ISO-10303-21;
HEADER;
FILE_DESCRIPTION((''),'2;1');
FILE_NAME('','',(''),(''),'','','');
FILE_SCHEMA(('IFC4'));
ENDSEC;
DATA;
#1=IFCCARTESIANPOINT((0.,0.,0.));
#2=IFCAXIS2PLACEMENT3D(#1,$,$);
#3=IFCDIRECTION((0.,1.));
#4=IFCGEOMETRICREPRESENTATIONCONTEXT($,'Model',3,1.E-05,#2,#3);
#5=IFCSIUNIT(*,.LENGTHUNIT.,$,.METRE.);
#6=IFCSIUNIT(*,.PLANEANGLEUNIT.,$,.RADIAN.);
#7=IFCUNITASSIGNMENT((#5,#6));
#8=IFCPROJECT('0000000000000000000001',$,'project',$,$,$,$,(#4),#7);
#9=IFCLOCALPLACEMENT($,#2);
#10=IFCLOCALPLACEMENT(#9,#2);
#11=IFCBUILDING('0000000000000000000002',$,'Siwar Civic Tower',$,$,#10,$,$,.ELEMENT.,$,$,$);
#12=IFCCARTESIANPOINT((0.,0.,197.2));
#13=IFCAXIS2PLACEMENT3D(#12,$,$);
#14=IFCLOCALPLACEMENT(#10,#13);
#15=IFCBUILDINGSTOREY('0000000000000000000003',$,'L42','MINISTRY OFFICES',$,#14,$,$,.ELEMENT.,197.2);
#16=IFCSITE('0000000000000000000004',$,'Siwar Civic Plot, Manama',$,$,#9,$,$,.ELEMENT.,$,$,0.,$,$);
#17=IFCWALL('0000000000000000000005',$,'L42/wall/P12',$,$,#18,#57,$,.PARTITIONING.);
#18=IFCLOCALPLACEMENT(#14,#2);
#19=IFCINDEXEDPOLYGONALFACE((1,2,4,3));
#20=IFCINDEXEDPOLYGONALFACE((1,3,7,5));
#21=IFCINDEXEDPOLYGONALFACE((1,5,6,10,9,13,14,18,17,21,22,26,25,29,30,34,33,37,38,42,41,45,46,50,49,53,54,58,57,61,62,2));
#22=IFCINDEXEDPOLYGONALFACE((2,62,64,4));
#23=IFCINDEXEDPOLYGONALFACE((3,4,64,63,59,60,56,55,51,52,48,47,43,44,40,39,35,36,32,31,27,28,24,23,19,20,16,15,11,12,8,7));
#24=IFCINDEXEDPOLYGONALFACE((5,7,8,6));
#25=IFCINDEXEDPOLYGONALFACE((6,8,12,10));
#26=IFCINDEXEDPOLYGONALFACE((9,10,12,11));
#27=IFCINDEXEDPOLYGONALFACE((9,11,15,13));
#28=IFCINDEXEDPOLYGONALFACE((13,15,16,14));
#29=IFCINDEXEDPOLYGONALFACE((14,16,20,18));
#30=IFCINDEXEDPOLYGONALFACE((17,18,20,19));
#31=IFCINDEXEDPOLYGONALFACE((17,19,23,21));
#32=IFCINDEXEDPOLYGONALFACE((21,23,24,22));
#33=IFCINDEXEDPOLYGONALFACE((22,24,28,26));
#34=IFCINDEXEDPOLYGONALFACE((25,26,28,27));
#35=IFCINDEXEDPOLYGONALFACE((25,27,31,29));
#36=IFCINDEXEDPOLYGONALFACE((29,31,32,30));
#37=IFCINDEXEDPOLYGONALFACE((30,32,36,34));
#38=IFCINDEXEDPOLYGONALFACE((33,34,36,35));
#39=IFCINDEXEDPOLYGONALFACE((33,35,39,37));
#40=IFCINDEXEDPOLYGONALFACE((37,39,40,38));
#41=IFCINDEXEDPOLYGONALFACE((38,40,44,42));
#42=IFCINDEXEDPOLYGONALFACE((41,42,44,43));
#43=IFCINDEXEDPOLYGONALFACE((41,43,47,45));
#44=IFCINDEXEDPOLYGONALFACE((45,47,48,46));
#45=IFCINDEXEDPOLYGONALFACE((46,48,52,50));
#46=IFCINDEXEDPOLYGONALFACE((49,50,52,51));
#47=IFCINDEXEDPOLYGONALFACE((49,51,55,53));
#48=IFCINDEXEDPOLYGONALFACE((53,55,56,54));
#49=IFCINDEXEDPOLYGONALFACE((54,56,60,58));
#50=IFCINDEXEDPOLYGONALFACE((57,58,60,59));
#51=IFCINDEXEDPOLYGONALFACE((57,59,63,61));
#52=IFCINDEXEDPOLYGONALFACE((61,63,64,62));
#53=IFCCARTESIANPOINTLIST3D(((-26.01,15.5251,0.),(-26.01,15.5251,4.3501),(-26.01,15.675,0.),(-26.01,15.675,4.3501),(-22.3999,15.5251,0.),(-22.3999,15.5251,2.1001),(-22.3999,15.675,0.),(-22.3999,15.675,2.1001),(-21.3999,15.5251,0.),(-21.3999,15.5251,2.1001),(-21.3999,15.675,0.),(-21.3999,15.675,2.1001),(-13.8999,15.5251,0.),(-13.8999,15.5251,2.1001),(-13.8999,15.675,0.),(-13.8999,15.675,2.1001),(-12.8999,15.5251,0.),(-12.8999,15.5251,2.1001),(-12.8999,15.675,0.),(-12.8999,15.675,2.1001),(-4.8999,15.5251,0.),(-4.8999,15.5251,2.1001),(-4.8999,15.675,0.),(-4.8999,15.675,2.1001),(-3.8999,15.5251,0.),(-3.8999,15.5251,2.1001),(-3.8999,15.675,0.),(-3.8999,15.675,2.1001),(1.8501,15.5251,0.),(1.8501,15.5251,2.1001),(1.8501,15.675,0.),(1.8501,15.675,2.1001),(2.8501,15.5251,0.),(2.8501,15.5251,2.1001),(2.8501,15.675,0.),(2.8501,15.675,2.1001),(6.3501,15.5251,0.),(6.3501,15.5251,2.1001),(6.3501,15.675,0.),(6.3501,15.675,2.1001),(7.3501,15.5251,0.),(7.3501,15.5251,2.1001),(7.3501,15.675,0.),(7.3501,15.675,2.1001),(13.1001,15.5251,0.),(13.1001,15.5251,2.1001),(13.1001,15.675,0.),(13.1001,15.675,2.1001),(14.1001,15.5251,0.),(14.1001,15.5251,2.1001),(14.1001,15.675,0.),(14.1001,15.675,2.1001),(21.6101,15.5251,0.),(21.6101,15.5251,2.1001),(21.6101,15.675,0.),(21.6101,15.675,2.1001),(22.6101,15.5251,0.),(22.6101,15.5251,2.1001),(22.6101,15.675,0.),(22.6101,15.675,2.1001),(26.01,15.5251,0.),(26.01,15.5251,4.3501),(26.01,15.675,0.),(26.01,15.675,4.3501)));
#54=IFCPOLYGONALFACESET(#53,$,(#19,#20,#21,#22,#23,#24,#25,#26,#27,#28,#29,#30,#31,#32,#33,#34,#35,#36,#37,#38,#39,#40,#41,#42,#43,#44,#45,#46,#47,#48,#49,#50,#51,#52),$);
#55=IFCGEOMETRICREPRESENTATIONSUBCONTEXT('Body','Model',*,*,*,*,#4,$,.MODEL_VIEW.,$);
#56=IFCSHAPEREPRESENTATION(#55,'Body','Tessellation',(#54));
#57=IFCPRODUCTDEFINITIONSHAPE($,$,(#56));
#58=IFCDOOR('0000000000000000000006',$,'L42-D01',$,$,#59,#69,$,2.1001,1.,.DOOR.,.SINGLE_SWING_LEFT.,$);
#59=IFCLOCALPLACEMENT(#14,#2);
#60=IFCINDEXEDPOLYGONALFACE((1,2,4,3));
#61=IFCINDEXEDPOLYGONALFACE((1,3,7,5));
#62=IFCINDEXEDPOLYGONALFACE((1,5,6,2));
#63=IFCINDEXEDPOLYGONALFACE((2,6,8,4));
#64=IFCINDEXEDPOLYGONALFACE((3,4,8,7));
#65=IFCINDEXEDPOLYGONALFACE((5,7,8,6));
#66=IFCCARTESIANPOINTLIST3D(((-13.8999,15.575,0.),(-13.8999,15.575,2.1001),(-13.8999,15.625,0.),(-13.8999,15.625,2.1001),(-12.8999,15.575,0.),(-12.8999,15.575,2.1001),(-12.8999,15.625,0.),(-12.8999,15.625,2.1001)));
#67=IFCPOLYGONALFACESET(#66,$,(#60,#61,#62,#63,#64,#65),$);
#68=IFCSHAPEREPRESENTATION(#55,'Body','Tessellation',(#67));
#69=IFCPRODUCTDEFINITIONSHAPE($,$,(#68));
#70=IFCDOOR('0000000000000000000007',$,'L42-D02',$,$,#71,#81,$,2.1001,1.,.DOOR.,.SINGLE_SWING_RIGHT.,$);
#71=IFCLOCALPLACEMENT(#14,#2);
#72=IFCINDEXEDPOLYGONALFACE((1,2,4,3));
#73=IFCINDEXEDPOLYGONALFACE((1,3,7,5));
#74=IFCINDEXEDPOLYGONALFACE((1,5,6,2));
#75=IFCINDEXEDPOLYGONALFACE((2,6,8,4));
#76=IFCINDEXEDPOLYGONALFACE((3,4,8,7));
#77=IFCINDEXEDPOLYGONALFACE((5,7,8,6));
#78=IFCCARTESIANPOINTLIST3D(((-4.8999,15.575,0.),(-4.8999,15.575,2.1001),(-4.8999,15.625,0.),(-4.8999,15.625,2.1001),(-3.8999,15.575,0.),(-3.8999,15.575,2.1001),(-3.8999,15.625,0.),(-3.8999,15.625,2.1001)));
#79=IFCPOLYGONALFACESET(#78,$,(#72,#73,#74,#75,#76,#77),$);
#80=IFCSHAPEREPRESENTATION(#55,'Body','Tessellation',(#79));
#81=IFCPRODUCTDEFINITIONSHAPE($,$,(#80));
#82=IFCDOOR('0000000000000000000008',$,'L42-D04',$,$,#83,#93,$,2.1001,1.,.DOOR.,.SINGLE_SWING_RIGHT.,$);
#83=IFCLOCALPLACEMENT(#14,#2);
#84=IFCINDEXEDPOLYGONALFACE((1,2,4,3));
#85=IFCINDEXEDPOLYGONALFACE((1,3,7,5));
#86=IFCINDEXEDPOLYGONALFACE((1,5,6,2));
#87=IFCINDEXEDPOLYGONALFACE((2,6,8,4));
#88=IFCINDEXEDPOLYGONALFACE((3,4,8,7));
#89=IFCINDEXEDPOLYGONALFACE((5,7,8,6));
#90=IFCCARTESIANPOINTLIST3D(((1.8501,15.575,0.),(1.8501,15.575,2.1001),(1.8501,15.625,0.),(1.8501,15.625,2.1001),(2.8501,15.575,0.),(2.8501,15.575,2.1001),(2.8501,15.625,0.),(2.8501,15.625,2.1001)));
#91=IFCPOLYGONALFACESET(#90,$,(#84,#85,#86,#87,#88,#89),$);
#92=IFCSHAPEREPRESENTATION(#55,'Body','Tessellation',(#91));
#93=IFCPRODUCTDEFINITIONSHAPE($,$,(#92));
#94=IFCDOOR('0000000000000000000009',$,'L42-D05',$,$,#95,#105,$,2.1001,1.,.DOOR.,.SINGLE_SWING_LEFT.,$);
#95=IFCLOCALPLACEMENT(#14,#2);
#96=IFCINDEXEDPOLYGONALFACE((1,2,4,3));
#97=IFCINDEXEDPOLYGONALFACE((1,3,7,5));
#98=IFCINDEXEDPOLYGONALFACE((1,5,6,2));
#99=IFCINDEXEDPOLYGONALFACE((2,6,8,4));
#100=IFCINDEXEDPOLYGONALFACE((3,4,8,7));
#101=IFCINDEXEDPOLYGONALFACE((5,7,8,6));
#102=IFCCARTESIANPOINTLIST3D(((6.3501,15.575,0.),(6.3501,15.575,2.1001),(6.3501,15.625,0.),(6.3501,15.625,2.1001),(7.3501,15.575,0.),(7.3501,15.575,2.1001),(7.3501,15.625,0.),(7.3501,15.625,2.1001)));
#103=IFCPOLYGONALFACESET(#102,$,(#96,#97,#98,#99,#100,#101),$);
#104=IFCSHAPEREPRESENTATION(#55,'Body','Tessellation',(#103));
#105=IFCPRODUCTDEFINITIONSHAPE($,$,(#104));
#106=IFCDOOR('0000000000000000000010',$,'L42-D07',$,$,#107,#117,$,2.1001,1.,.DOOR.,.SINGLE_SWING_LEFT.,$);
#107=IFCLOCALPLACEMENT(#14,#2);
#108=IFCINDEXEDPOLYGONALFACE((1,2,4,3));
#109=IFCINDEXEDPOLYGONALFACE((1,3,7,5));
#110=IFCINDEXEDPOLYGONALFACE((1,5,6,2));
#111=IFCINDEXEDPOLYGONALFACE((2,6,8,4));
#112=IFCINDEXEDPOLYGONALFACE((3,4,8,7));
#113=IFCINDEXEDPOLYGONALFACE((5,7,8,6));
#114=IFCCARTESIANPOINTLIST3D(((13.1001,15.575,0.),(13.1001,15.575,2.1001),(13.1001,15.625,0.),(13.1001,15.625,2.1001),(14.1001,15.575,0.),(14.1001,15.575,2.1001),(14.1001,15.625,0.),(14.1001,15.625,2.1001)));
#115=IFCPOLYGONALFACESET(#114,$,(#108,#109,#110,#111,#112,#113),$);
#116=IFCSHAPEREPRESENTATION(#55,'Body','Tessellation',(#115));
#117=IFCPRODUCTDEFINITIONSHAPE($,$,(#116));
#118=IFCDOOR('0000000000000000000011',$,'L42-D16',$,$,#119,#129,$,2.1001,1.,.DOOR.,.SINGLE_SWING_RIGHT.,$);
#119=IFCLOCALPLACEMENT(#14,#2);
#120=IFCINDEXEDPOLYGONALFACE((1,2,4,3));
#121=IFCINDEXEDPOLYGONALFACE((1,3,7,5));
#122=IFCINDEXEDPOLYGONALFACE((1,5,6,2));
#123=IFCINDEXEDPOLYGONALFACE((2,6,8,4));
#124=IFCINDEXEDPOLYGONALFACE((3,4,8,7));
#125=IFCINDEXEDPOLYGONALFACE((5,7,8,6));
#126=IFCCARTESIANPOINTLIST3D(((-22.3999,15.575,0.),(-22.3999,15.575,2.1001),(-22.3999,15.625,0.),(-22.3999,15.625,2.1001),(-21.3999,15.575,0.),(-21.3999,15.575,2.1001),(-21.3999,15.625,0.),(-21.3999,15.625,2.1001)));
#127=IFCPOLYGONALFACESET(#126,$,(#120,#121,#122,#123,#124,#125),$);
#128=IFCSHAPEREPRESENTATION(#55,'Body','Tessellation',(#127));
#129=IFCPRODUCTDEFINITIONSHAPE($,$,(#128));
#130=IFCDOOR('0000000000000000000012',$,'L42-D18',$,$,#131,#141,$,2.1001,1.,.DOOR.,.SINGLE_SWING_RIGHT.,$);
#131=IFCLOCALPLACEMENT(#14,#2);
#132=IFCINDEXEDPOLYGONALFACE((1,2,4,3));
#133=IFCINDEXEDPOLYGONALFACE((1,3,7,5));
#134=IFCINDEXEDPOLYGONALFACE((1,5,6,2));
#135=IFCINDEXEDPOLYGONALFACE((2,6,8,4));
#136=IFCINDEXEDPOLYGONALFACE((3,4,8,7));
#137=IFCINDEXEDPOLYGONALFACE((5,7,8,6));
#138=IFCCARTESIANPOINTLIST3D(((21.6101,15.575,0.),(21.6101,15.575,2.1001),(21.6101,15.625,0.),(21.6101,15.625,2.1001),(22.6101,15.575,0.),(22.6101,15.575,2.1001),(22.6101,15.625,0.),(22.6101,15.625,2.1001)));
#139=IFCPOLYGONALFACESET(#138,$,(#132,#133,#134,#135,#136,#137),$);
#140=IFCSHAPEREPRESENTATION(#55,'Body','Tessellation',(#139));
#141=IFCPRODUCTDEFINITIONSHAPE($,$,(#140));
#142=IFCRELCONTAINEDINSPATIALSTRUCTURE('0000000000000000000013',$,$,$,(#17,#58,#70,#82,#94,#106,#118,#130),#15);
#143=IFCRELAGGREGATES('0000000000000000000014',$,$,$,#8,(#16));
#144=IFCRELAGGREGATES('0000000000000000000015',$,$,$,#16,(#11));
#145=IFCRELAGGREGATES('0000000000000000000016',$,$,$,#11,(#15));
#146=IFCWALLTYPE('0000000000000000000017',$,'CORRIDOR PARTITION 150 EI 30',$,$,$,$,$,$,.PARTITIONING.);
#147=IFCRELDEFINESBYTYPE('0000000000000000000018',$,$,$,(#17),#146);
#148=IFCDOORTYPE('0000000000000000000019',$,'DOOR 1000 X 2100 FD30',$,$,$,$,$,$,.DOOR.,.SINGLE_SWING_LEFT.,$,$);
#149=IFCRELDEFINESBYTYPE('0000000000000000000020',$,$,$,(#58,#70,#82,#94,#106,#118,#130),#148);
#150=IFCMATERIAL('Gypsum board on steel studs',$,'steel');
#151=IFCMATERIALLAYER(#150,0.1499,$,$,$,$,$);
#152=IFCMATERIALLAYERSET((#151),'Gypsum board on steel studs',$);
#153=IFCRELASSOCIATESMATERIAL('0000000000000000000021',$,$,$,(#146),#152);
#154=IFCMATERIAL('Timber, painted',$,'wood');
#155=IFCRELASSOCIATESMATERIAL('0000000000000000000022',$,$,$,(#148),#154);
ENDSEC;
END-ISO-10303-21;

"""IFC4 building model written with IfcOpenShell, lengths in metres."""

from ifc_helpers import new_model, si_unit, direction, frame, frame_2d, origin, place, context, subcontext, project, spatial, rectangle, extrude, material, layer, layer_set, type_object, element, fill, save


model = new_model("IFC4")

# Units and contexts
model_context = context("Model", 3, precision=1e-05, world=origin(), true_north=direction((0.0, 1.0)))
body_context = subcontext(model_context, "Body", "Model", "MODEL_VIEW")
ifc_project = project(units=[si_unit("LENGTHUNIT", "METRE"), si_unit("PLANEANGLEUNIT", "RADIAN")], contexts=[model_context])

# Site, building, storey
site_placement = place(None, origin())
site = spatial("IfcSite", under=ifc_project, at=site_placement, Name="Siwar Civic Plot, Manama", CompositionType="ELEMENT", RefElevation=0.0)
building_placement = place(site_placement, origin())
building = spatial("IfcBuilding", under=site, at=building_placement, Name="Siwar Civic Tower", CompositionType="ELEMENT")
storey_placement = place(building_placement, frame((0.0, 0.0, 197.2)))
storey = spatial("IfcBuildingStorey", under=building, at=storey_placement, Name="L42", Description="MINISTRY OFFICES", CompositionType="ELEMENT", Elevation=197.2)

# Wall, openings, doors
ifc_material_1 = material(Name="Gypsum board on steel studs", Category="steel")
ifc_layer_1 = layer(ifc_material_1, 0.1499)
ifc_layer_set_1 = layer_set([ifc_layer_1], Name="Gypsum board on steel studs")
wall_type_1 = type_object("IfcWallType", Name="CORRIDOR PARTITION 150 EI 30", PredefinedType="PARTITIONING", material=ifc_layer_set_1)
wall_1_placement = place(storey_placement, frame((-26.01, 15.6001, 0.0), z_axis=(0.0, 0.0, 1.0), x_axis=(1.0, 0.0, 0.0)))
wall_1 = element("IfcWall", 1, at=wall_1_placement, inside=storey, type_object=wall_type_1, Name="L42/wall/P12", PredefinedType="PARTITIONING", context=body_context, shape_type="SweptSolid", body=[
    extrude(rectangle(XDim=52.02, YDim=0.1499, at=frame_2d((26.01, 0.0))), origin(), (0.0, 0.0, 1.0), 4.3501),
])
opening_1_placement = place(wall_1_placement, frame((12.1101, 0.0, 0.0)))
opening_1 = element("IfcOpeningElement", 2, at=opening_1_placement, cuts=wall_1, PredefinedType="OPENING", context=body_context, shape_type="SweptSolid", body=[
    extrude(rectangle(XDim=1.0, YDim=2.1001, at=frame_2d((0.5, 1.05))), frame((0.0, 0.085, 0.0), z_axis=(0.0, -1.0, 0.0), x_axis=(1.0, 0.0, 0.0)), (0.0, 0.0, 1.0), 0.1699),
])
opening_2_placement = place(wall_1_placement, frame((21.1101, 0.0, 0.0)))
opening_2 = element("IfcOpeningElement", 3, at=opening_2_placement, cuts=wall_1, PredefinedType="OPENING", context=body_context, shape_type="SweptSolid", body=[
    extrude(rectangle(XDim=1.0, YDim=2.1001, at=frame_2d((0.5, 1.05))), frame((0.0, 0.085, 0.0), z_axis=(0.0, -1.0, 0.0), x_axis=(1.0, 0.0, 0.0)), (0.0, 0.0, 1.0), 0.1699),
])
opening_3_placement = place(wall_1_placement, frame((27.8601, 0.0, 0.0)))
opening_3 = element("IfcOpeningElement", 4, at=opening_3_placement, cuts=wall_1, PredefinedType="OPENING", context=body_context, shape_type="SweptSolid", body=[
    extrude(rectangle(XDim=1.0, YDim=2.1001, at=frame_2d((0.5, 1.05))), frame((0.0, 0.085, 0.0), z_axis=(0.0, -1.0, 0.0), x_axis=(1.0, 0.0, 0.0)), (0.0, 0.0, 1.0), 0.1699),
])
opening_4_placement = place(wall_1_placement, frame((32.3601, 0.0, 0.0)))
opening_4 = element("IfcOpeningElement", 5, at=opening_4_placement, cuts=wall_1, PredefinedType="OPENING", context=body_context, shape_type="SweptSolid", body=[
    extrude(rectangle(XDim=1.0, YDim=2.1001, at=frame_2d((0.5, 1.05))), frame((0.0, 0.085, 0.0), z_axis=(0.0, -1.0, 0.0), x_axis=(1.0, 0.0, 0.0)), (0.0, 0.0, 1.0), 0.1699),
])
opening_5_placement = place(wall_1_placement, frame((39.1101, 0.0, 0.0)))
opening_5 = element("IfcOpeningElement", 6, at=opening_5_placement, cuts=wall_1, PredefinedType="OPENING", context=body_context, shape_type="SweptSolid", body=[
    extrude(rectangle(XDim=1.0, YDim=2.1001, at=frame_2d((0.5, 1.05))), frame((0.0, 0.085, 0.0), z_axis=(0.0, -1.0, 0.0), x_axis=(1.0, 0.0, 0.0)), (0.0, 0.0, 1.0), 0.1699),
])
opening_6_placement = place(wall_1_placement, frame((3.6101, 0.0, 0.0)))
opening_6 = element("IfcOpeningElement", 7, at=opening_6_placement, cuts=wall_1, PredefinedType="OPENING", context=body_context, shape_type="SweptSolid", body=[
    extrude(rectangle(XDim=1.0, YDim=2.1001, at=frame_2d((0.5, 1.05))), frame((0.0, 0.085, 0.0), z_axis=(0.0, -1.0, 0.0), x_axis=(1.0, 0.0, 0.0)), (0.0, 0.0, 1.0), 0.1699),
])
opening_7_placement = place(wall_1_placement, frame((47.6201, 0.0, 0.0)))
opening_7 = element("IfcOpeningElement", 8, at=opening_7_placement, cuts=wall_1, PredefinedType="OPENING", context=body_context, shape_type="SweptSolid", body=[
    extrude(rectangle(XDim=1.0, YDim=2.1001, at=frame_2d((0.5, 1.05))), frame((0.0, 0.085, 0.0), z_axis=(0.0, -1.0, 0.0), x_axis=(1.0, 0.0, 0.0)), (0.0, 0.0, 1.0), 0.1699),
])
ifc_material_2 = material(Name="Timber, painted", Category="wood")
door_type_1 = type_object("IfcDoorType", Name="DOOR 1000 X 2100 FD30", OperationType="SINGLE_SWING_LEFT", PredefinedType="DOOR", material=ifc_material_2)
door_1_placement = place(opening_1_placement, origin())
door_1 = element("IfcDoor", 9, at=door_1_placement, inside=storey, type_object=door_type_1, Name="L42-D01", OperationType="SINGLE_SWING_LEFT", OverallHeight=2.1001, OverallWidth=1.0, PredefinedType="DOOR", context=body_context, shape_type="SweptSolid", body=[
    extrude(rectangle(XDim=1.0, YDim=2.1001, at=frame_2d((0.5, 1.05))), frame((0.0, 0.0249, 0.0), z_axis=(0.0, -1.0, 0.0), x_axis=(1.0, 0.0, 0.0)), (0.0, 0.0, 1.0), 0.05),
])
fill(opening_1, door_1)
door_2_placement = place(opening_2_placement, origin())
door_2 = element("IfcDoor", 10, at=door_2_placement, inside=storey, type_object=door_type_1, Name="L42-D02", OperationType="SINGLE_SWING_RIGHT", OverallHeight=2.1001, OverallWidth=1.0, PredefinedType="DOOR", context=body_context, shape_type="SweptSolid", body=[
    extrude(rectangle(XDim=1.0, YDim=2.1001, at=frame_2d((0.5, 1.05))), frame((0.0, 0.0249, 0.0), z_axis=(0.0, -1.0, 0.0), x_axis=(1.0, 0.0, 0.0)), (0.0, 0.0, 1.0), 0.05),
])
fill(opening_2, door_2)
door_3_placement = place(opening_3_placement, origin())
door_3 = element("IfcDoor", 11, at=door_3_placement, inside=storey, type_object=door_type_1, Name="L42-D04", OperationType="SINGLE_SWING_RIGHT", OverallHeight=2.1001, OverallWidth=1.0, PredefinedType="DOOR", context=body_context, shape_type="SweptSolid", body=[
    extrude(rectangle(XDim=1.0, YDim=2.1001, at=frame_2d((0.5, 1.05))), frame((0.0, 0.0249, 0.0), z_axis=(0.0, -1.0, 0.0), x_axis=(1.0, 0.0, 0.0)), (0.0, 0.0, 1.0), 0.05),
])
fill(opening_3, door_3)
door_4_placement = place(opening_4_placement, origin())
door_4 = element("IfcDoor", 12, at=door_4_placement, inside=storey, type_object=door_type_1, Name="L42-D05", OperationType="SINGLE_SWING_LEFT", OverallHeight=2.1001, OverallWidth=1.0, PredefinedType="DOOR", context=body_context, shape_type="SweptSolid", body=[
    extrude(rectangle(XDim=1.0, YDim=2.1001, at=frame_2d((0.5, 1.05))), frame((0.0, 0.0249, 0.0), z_axis=(0.0, -1.0, 0.0), x_axis=(1.0, 0.0, 0.0)), (0.0, 0.0, 1.0), 0.05),
])
fill(opening_4, door_4)
door_5_placement = place(opening_5_placement, origin())
door_5 = element("IfcDoor", 13, at=door_5_placement, inside=storey, type_object=door_type_1, Name="L42-D07", OperationType="SINGLE_SWING_LEFT", OverallHeight=2.1001, OverallWidth=1.0, PredefinedType="DOOR", context=body_context, shape_type="SweptSolid", body=[
    extrude(rectangle(XDim=1.0, YDim=2.1001, at=frame_2d((0.5, 1.05))), frame((0.0, 0.0249, 0.0), z_axis=(0.0, -1.0, 0.0), x_axis=(1.0, 0.0, 0.0)), (0.0, 0.0, 1.0), 0.05),
])
fill(opening_5, door_5)
door_6_placement = place(opening_6_placement, origin())
door_6 = element("IfcDoor", 14, at=door_6_placement, inside=storey, type_object=door_type_1, Name="L42-D16", OperationType="SINGLE_SWING_RIGHT", OverallHeight=2.1001, OverallWidth=1.0, PredefinedType="DOOR", context=body_context, shape_type="SweptSolid", body=[
    extrude(rectangle(XDim=1.0, YDim=2.1001, at=frame_2d((0.5, 1.05))), frame((0.0, 0.0249, 0.0), z_axis=(0.0, -1.0, 0.0), x_axis=(1.0, 0.0, 0.0)), (0.0, 0.0, 1.0), 0.05),
])
fill(opening_6, door_6)
door_7_placement = place(opening_7_placement, origin())
door_7 = element("IfcDoor", 15, at=door_7_placement, inside=storey, type_object=door_type_1, Name="L42-D18", OperationType="SINGLE_SWING_RIGHT", OverallHeight=2.1001, OverallWidth=1.0, PredefinedType="DOOR", context=body_context, shape_type="SweptSolid", body=[
    extrude(rectangle(XDim=1.0, YDim=2.1001, at=frame_2d((0.5, 1.05))), frame((0.0, 0.0249, 0.0), z_axis=(0.0, -1.0, 0.0), x_axis=(1.0, 0.0, 0.0)), (0.0, 0.0, 1.0), 0.05),
])
fill(opening_7, door_7)

save(model, "model.ifc")
